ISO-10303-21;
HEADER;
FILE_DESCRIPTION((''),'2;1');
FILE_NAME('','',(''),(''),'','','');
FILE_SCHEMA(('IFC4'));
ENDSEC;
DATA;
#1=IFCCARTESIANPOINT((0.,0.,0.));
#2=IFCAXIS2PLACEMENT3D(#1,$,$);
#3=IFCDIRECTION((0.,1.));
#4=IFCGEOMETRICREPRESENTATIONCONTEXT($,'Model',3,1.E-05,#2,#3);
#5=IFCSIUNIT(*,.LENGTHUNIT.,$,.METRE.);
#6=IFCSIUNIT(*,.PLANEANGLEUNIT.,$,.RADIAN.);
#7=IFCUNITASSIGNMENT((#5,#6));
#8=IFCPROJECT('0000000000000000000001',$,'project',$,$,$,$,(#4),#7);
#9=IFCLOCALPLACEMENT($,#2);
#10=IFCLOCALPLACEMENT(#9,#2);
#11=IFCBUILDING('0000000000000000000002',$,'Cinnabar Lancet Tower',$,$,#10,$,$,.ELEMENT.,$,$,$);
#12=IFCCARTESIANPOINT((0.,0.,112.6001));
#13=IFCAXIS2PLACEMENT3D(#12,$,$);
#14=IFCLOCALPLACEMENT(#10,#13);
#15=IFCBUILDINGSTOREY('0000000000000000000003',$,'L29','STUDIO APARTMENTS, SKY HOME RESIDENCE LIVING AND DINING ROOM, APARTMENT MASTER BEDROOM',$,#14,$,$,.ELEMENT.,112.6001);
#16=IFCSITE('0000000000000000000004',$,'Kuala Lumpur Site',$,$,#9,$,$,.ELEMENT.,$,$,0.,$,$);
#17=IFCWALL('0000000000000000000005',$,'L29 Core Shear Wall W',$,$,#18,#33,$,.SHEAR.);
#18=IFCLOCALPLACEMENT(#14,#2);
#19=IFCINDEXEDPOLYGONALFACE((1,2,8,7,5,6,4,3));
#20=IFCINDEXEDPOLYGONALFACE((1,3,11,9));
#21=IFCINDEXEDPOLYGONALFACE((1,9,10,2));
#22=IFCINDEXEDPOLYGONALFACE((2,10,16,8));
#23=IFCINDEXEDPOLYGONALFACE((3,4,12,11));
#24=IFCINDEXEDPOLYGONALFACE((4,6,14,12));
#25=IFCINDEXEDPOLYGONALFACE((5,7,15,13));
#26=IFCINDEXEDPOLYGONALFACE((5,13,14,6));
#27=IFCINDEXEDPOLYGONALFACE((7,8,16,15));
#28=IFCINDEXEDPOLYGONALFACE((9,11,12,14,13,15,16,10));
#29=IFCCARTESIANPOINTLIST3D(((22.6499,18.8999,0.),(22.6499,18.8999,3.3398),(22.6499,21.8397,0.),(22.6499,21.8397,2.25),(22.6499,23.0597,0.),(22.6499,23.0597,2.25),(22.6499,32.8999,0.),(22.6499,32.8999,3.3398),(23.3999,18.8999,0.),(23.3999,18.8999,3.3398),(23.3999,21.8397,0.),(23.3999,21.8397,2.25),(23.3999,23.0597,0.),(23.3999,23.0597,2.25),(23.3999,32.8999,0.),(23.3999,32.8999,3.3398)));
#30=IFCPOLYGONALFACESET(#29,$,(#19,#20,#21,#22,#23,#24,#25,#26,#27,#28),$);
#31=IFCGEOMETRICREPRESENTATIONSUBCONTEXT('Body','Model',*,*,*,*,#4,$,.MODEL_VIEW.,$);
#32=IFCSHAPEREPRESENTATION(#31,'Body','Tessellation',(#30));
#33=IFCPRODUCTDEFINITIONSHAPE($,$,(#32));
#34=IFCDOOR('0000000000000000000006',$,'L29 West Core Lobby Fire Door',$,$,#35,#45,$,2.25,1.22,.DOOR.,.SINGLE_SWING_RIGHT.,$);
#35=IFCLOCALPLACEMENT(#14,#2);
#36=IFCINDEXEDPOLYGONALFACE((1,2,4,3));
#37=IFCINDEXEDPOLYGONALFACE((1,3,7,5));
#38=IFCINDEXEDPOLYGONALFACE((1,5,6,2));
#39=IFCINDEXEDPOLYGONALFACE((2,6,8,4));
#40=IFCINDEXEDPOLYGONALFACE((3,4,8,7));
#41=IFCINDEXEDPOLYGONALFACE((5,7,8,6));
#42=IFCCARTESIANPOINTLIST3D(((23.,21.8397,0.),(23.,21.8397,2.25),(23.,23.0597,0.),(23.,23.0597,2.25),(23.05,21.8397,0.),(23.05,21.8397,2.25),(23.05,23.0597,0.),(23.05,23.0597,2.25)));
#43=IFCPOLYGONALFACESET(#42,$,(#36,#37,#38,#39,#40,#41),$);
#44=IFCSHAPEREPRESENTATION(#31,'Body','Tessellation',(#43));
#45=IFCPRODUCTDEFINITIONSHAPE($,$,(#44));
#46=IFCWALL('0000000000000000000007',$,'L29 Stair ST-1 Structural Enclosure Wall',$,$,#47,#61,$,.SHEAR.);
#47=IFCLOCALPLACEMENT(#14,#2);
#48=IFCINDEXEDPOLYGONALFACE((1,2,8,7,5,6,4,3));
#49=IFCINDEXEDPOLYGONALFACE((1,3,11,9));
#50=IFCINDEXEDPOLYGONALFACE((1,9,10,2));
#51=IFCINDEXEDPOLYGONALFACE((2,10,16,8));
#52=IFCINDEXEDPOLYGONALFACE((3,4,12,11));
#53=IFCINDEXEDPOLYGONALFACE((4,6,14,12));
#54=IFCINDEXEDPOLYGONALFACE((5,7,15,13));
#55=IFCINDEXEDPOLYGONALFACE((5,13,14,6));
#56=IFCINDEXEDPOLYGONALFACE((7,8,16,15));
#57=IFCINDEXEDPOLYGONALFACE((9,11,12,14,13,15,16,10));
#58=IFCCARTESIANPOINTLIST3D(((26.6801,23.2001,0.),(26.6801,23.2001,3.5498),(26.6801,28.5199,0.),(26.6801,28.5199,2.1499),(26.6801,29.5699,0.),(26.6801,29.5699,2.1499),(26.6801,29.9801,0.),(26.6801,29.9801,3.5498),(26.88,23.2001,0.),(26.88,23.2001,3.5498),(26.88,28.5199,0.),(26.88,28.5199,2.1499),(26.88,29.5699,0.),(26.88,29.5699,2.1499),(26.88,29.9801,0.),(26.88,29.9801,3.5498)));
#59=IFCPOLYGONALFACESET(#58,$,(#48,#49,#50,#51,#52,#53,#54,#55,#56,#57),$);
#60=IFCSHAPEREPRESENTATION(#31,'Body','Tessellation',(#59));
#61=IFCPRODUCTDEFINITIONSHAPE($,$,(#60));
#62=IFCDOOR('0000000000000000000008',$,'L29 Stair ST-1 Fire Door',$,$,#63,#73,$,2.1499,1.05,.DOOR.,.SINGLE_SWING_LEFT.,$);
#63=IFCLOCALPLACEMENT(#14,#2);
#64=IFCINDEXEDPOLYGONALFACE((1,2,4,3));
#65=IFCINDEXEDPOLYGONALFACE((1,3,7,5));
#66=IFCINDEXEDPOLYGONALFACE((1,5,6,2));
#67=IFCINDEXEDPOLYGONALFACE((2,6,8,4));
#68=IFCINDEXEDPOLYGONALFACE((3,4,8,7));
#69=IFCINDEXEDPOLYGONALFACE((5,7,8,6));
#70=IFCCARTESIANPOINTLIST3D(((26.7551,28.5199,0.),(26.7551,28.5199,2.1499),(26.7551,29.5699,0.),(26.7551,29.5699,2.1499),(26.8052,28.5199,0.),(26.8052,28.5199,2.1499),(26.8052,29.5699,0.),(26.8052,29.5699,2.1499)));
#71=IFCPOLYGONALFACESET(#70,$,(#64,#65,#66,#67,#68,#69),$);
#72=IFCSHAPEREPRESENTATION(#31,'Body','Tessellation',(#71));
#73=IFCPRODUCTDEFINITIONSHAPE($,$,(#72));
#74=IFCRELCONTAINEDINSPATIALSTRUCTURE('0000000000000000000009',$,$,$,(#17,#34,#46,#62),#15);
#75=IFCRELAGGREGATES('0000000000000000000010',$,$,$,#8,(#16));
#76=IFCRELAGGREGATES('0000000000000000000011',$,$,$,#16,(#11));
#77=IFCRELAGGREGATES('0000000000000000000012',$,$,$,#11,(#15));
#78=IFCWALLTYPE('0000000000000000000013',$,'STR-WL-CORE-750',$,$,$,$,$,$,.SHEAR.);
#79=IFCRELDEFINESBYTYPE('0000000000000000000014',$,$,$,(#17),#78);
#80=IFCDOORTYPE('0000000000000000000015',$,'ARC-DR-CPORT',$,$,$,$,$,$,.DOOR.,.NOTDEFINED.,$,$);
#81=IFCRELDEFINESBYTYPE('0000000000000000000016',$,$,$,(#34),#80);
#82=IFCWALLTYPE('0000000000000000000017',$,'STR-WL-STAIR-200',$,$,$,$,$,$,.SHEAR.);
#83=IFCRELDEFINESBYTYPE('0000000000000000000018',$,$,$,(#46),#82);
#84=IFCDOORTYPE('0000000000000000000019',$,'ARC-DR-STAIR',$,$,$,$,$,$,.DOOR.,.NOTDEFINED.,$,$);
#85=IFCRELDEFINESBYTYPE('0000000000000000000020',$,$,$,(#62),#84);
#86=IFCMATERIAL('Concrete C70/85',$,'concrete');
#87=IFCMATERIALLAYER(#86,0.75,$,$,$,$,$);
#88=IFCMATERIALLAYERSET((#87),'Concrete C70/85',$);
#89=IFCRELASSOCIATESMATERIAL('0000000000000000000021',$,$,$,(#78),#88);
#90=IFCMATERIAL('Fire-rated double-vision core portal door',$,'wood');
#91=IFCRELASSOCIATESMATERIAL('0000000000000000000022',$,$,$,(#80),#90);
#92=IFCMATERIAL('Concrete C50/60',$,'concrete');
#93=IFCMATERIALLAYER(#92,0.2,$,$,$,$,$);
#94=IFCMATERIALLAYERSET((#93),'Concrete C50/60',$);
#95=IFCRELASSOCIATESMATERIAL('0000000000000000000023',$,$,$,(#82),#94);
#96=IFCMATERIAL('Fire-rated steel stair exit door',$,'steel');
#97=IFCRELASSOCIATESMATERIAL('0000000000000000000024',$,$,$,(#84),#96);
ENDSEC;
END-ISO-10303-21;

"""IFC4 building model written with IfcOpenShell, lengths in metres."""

from ifc_helpers import new_model, si_unit, direction, frame, frame_2d, origin, place, context, subcontext, project, spatial, rectangle, extrude, material, layer, layer_set, type_object, element, fill, save


model = new_model("IFC4")

# Units and contexts
model_context = context("Model", 3, precision=1e-05, world=origin(), true_north=direction((0.0, 1.0)))
body_context = subcontext(model_context, "Body", "Model", "MODEL_VIEW")
ifc_project = project(units=[si_unit("LENGTHUNIT", "METRE"), si_unit("PLANEANGLEUNIT", "RADIAN")], contexts=[model_context])

# Site, building, storey
site_placement = place(None, origin())
site = spatial("IfcSite", under=ifc_project, at=site_placement, Name="Kuala Lumpur Site", CompositionType="ELEMENT", RefElevation=0.0)
building_placement = place(site_placement, origin())
building = spatial("IfcBuilding", under=site, at=building_placement, Name="Cinnabar Lancet Tower", CompositionType="ELEMENT")
storey_placement = place(building_placement, frame((0.0, 0.0, 112.6001)))
storey = spatial("IfcBuildingStorey", under=building, at=storey_placement, Name="L29", Description="STUDIO APARTMENTS, SKY HOME RESIDENCE LIVING AND DINING ROOM, APARTMENT MASTER BEDROOM", CompositionType="ELEMENT", Elevation=112.6001)

# Shared definitions
ifc_material_1 = material(Name="Concrete C70/85", Category="concrete")
ifc_layer_1 = layer(ifc_material_1, 0.75)
ifc_layer_set_1 = layer_set([ifc_layer_1], Name="Concrete C70/85")
wall_type_1 = type_object("IfcWallType", Name="STR-WL-CORE-750", PredefinedType="SHEAR", material=ifc_layer_set_1)

# Walls, openings, doors
wall_1_placement = place(storey_placement, frame((23.0249, 18.8999, 0.0), z_axis=(0.0, 0.0, 1.0), x_axis=(0.0, 1.0, 0.0)))
wall_1 = element("IfcWall", 1, at=wall_1_placement, inside=storey, type_object=wall_type_1, Name="L29 Core Shear Wall W", PredefinedType="SHEAR", context=body_context, shape_type="SweptSolid", body=[
    extrude(rectangle(XDim=14.0, YDim=0.75, at=frame_2d((7.0, 0.0))), origin(), (0.0, 0.0, 1.0), 3.3398),
])
opening_1_placement = place(wall_1_placement, frame((2.9399, 0.0, 0.0)))
opening_1 = element("IfcOpeningElement", 2, at=opening_1_placement, cuts=wall_1, PredefinedType="OPENING", context=body_context, shape_type="SweptSolid", body=[
    extrude(rectangle(XDim=1.22, YDim=2.25, at=frame_2d((0.6099, 1.125))), frame((0.0, 0.385, 0.0), z_axis=(0.0, -1.0, 0.0), x_axis=(1.0, 0.0, 0.0)), (0.0, 0.0, 1.0), 0.77),
])
ifc_material_2 = material(Name="Fire-rated double-vision core portal door", Category="wood")
door_type_1 = type_object("IfcDoorType", Name="ARC-DR-CPORT", OperationType="NOTDEFINED", PredefinedType="DOOR", material=ifc_material_2)
door_1_placement = place(opening_1_placement, origin())
door_1 = element("IfcDoor", 3, at=door_1_placement, inside=storey, type_object=door_type_1, Name="L29 West Core Lobby Fire Door", OperationType="SINGLE_SWING_RIGHT", OverallHeight=2.25, OverallWidth=1.22, PredefinedType="DOOR", context=body_context, shape_type="SweptSolid", body=[
    extrude(rectangle(XDim=1.22, YDim=2.25, at=frame_2d((0.6099, 1.125))), frame((0.0, 0.0249, 0.0), z_axis=(0.0, -1.0, 0.0), x_axis=(1.0, 0.0, 0.0)), (0.0, 0.0, 1.0), 0.05),
])
fill(opening_1, door_1)
ifc_material_3 = material(Name="Concrete C50/60", Category="concrete")
ifc_layer_2 = layer(ifc_material_3, 0.2)
ifc_layer_set_2 = layer_set([ifc_layer_2], Name="Concrete C50/60")
wall_type_2 = type_object("IfcWallType", Name="STR-WL-STAIR-200", PredefinedType="SHEAR", material=ifc_layer_set_2)
wall_2_placement = place(storey_placement, frame((26.78, 23.2, 0.0), z_axis=(0.0, 0.0, 1.0), x_axis=(0.0, 1.0, 0.0)))
wall_2 = element("IfcWall", 4, at=wall_2_placement, inside=storey, type_object=wall_type_2, Name="L29 Stair ST-1 Structural Enclosure Wall", PredefinedType="SHEAR", context=body_context, shape_type="SweptSolid", body=[
    extrude(rectangle(XDim=6.78, YDim=0.2, at=frame_2d((3.3901, 0.0))), origin(), (0.0, 0.0, 1.0), 3.5498),
])
opening_2_placement = place(wall_2_placement, frame((5.3201, 0.0, 0.0)))
opening_2 = element("IfcOpeningElement", 5, at=opening_2_placement, cuts=wall_2, PredefinedType="OPENING", context=body_context, shape_type="SweptSolid", body=[
    extrude(rectangle(XDim=1.05, YDim=2.1499, at=frame_2d((0.5249, 1.075))), frame((0.0, 0.1099, 0.0), z_axis=(0.0, -1.0, 0.0), x_axis=(1.0, 0.0, 0.0)), (0.0, 0.0, 1.0), 0.22),
])
ifc_material_4 = material(Name="Fire-rated steel stair exit door", Category="steel")
door_type_2 = type_object("IfcDoorType", Name="ARC-DR-STAIR", OperationType="NOTDEFINED", PredefinedType="DOOR", material=ifc_material_4)
door_2_placement = place(opening_2_placement, origin())
door_2 = element("IfcDoor", 6, at=door_2_placement, inside=storey, type_object=door_type_2, Name="L29 Stair ST-1 Fire Door", OperationType="SINGLE_SWING_LEFT", OverallHeight=2.1499, OverallWidth=1.05, PredefinedType="DOOR", context=body_context, shape_type="SweptSolid", body=[
    extrude(rectangle(XDim=1.05, YDim=2.1499, at=frame_2d((0.5249, 1.075))), frame((0.0, 0.0249, 0.0), z_axis=(0.0, -1.0, 0.0), x_axis=(1.0, 0.0, 0.0)), (0.0, 0.0, 1.0), 0.05),
])
fill(opening_2, door_2)

save(model, "model.ifc")
